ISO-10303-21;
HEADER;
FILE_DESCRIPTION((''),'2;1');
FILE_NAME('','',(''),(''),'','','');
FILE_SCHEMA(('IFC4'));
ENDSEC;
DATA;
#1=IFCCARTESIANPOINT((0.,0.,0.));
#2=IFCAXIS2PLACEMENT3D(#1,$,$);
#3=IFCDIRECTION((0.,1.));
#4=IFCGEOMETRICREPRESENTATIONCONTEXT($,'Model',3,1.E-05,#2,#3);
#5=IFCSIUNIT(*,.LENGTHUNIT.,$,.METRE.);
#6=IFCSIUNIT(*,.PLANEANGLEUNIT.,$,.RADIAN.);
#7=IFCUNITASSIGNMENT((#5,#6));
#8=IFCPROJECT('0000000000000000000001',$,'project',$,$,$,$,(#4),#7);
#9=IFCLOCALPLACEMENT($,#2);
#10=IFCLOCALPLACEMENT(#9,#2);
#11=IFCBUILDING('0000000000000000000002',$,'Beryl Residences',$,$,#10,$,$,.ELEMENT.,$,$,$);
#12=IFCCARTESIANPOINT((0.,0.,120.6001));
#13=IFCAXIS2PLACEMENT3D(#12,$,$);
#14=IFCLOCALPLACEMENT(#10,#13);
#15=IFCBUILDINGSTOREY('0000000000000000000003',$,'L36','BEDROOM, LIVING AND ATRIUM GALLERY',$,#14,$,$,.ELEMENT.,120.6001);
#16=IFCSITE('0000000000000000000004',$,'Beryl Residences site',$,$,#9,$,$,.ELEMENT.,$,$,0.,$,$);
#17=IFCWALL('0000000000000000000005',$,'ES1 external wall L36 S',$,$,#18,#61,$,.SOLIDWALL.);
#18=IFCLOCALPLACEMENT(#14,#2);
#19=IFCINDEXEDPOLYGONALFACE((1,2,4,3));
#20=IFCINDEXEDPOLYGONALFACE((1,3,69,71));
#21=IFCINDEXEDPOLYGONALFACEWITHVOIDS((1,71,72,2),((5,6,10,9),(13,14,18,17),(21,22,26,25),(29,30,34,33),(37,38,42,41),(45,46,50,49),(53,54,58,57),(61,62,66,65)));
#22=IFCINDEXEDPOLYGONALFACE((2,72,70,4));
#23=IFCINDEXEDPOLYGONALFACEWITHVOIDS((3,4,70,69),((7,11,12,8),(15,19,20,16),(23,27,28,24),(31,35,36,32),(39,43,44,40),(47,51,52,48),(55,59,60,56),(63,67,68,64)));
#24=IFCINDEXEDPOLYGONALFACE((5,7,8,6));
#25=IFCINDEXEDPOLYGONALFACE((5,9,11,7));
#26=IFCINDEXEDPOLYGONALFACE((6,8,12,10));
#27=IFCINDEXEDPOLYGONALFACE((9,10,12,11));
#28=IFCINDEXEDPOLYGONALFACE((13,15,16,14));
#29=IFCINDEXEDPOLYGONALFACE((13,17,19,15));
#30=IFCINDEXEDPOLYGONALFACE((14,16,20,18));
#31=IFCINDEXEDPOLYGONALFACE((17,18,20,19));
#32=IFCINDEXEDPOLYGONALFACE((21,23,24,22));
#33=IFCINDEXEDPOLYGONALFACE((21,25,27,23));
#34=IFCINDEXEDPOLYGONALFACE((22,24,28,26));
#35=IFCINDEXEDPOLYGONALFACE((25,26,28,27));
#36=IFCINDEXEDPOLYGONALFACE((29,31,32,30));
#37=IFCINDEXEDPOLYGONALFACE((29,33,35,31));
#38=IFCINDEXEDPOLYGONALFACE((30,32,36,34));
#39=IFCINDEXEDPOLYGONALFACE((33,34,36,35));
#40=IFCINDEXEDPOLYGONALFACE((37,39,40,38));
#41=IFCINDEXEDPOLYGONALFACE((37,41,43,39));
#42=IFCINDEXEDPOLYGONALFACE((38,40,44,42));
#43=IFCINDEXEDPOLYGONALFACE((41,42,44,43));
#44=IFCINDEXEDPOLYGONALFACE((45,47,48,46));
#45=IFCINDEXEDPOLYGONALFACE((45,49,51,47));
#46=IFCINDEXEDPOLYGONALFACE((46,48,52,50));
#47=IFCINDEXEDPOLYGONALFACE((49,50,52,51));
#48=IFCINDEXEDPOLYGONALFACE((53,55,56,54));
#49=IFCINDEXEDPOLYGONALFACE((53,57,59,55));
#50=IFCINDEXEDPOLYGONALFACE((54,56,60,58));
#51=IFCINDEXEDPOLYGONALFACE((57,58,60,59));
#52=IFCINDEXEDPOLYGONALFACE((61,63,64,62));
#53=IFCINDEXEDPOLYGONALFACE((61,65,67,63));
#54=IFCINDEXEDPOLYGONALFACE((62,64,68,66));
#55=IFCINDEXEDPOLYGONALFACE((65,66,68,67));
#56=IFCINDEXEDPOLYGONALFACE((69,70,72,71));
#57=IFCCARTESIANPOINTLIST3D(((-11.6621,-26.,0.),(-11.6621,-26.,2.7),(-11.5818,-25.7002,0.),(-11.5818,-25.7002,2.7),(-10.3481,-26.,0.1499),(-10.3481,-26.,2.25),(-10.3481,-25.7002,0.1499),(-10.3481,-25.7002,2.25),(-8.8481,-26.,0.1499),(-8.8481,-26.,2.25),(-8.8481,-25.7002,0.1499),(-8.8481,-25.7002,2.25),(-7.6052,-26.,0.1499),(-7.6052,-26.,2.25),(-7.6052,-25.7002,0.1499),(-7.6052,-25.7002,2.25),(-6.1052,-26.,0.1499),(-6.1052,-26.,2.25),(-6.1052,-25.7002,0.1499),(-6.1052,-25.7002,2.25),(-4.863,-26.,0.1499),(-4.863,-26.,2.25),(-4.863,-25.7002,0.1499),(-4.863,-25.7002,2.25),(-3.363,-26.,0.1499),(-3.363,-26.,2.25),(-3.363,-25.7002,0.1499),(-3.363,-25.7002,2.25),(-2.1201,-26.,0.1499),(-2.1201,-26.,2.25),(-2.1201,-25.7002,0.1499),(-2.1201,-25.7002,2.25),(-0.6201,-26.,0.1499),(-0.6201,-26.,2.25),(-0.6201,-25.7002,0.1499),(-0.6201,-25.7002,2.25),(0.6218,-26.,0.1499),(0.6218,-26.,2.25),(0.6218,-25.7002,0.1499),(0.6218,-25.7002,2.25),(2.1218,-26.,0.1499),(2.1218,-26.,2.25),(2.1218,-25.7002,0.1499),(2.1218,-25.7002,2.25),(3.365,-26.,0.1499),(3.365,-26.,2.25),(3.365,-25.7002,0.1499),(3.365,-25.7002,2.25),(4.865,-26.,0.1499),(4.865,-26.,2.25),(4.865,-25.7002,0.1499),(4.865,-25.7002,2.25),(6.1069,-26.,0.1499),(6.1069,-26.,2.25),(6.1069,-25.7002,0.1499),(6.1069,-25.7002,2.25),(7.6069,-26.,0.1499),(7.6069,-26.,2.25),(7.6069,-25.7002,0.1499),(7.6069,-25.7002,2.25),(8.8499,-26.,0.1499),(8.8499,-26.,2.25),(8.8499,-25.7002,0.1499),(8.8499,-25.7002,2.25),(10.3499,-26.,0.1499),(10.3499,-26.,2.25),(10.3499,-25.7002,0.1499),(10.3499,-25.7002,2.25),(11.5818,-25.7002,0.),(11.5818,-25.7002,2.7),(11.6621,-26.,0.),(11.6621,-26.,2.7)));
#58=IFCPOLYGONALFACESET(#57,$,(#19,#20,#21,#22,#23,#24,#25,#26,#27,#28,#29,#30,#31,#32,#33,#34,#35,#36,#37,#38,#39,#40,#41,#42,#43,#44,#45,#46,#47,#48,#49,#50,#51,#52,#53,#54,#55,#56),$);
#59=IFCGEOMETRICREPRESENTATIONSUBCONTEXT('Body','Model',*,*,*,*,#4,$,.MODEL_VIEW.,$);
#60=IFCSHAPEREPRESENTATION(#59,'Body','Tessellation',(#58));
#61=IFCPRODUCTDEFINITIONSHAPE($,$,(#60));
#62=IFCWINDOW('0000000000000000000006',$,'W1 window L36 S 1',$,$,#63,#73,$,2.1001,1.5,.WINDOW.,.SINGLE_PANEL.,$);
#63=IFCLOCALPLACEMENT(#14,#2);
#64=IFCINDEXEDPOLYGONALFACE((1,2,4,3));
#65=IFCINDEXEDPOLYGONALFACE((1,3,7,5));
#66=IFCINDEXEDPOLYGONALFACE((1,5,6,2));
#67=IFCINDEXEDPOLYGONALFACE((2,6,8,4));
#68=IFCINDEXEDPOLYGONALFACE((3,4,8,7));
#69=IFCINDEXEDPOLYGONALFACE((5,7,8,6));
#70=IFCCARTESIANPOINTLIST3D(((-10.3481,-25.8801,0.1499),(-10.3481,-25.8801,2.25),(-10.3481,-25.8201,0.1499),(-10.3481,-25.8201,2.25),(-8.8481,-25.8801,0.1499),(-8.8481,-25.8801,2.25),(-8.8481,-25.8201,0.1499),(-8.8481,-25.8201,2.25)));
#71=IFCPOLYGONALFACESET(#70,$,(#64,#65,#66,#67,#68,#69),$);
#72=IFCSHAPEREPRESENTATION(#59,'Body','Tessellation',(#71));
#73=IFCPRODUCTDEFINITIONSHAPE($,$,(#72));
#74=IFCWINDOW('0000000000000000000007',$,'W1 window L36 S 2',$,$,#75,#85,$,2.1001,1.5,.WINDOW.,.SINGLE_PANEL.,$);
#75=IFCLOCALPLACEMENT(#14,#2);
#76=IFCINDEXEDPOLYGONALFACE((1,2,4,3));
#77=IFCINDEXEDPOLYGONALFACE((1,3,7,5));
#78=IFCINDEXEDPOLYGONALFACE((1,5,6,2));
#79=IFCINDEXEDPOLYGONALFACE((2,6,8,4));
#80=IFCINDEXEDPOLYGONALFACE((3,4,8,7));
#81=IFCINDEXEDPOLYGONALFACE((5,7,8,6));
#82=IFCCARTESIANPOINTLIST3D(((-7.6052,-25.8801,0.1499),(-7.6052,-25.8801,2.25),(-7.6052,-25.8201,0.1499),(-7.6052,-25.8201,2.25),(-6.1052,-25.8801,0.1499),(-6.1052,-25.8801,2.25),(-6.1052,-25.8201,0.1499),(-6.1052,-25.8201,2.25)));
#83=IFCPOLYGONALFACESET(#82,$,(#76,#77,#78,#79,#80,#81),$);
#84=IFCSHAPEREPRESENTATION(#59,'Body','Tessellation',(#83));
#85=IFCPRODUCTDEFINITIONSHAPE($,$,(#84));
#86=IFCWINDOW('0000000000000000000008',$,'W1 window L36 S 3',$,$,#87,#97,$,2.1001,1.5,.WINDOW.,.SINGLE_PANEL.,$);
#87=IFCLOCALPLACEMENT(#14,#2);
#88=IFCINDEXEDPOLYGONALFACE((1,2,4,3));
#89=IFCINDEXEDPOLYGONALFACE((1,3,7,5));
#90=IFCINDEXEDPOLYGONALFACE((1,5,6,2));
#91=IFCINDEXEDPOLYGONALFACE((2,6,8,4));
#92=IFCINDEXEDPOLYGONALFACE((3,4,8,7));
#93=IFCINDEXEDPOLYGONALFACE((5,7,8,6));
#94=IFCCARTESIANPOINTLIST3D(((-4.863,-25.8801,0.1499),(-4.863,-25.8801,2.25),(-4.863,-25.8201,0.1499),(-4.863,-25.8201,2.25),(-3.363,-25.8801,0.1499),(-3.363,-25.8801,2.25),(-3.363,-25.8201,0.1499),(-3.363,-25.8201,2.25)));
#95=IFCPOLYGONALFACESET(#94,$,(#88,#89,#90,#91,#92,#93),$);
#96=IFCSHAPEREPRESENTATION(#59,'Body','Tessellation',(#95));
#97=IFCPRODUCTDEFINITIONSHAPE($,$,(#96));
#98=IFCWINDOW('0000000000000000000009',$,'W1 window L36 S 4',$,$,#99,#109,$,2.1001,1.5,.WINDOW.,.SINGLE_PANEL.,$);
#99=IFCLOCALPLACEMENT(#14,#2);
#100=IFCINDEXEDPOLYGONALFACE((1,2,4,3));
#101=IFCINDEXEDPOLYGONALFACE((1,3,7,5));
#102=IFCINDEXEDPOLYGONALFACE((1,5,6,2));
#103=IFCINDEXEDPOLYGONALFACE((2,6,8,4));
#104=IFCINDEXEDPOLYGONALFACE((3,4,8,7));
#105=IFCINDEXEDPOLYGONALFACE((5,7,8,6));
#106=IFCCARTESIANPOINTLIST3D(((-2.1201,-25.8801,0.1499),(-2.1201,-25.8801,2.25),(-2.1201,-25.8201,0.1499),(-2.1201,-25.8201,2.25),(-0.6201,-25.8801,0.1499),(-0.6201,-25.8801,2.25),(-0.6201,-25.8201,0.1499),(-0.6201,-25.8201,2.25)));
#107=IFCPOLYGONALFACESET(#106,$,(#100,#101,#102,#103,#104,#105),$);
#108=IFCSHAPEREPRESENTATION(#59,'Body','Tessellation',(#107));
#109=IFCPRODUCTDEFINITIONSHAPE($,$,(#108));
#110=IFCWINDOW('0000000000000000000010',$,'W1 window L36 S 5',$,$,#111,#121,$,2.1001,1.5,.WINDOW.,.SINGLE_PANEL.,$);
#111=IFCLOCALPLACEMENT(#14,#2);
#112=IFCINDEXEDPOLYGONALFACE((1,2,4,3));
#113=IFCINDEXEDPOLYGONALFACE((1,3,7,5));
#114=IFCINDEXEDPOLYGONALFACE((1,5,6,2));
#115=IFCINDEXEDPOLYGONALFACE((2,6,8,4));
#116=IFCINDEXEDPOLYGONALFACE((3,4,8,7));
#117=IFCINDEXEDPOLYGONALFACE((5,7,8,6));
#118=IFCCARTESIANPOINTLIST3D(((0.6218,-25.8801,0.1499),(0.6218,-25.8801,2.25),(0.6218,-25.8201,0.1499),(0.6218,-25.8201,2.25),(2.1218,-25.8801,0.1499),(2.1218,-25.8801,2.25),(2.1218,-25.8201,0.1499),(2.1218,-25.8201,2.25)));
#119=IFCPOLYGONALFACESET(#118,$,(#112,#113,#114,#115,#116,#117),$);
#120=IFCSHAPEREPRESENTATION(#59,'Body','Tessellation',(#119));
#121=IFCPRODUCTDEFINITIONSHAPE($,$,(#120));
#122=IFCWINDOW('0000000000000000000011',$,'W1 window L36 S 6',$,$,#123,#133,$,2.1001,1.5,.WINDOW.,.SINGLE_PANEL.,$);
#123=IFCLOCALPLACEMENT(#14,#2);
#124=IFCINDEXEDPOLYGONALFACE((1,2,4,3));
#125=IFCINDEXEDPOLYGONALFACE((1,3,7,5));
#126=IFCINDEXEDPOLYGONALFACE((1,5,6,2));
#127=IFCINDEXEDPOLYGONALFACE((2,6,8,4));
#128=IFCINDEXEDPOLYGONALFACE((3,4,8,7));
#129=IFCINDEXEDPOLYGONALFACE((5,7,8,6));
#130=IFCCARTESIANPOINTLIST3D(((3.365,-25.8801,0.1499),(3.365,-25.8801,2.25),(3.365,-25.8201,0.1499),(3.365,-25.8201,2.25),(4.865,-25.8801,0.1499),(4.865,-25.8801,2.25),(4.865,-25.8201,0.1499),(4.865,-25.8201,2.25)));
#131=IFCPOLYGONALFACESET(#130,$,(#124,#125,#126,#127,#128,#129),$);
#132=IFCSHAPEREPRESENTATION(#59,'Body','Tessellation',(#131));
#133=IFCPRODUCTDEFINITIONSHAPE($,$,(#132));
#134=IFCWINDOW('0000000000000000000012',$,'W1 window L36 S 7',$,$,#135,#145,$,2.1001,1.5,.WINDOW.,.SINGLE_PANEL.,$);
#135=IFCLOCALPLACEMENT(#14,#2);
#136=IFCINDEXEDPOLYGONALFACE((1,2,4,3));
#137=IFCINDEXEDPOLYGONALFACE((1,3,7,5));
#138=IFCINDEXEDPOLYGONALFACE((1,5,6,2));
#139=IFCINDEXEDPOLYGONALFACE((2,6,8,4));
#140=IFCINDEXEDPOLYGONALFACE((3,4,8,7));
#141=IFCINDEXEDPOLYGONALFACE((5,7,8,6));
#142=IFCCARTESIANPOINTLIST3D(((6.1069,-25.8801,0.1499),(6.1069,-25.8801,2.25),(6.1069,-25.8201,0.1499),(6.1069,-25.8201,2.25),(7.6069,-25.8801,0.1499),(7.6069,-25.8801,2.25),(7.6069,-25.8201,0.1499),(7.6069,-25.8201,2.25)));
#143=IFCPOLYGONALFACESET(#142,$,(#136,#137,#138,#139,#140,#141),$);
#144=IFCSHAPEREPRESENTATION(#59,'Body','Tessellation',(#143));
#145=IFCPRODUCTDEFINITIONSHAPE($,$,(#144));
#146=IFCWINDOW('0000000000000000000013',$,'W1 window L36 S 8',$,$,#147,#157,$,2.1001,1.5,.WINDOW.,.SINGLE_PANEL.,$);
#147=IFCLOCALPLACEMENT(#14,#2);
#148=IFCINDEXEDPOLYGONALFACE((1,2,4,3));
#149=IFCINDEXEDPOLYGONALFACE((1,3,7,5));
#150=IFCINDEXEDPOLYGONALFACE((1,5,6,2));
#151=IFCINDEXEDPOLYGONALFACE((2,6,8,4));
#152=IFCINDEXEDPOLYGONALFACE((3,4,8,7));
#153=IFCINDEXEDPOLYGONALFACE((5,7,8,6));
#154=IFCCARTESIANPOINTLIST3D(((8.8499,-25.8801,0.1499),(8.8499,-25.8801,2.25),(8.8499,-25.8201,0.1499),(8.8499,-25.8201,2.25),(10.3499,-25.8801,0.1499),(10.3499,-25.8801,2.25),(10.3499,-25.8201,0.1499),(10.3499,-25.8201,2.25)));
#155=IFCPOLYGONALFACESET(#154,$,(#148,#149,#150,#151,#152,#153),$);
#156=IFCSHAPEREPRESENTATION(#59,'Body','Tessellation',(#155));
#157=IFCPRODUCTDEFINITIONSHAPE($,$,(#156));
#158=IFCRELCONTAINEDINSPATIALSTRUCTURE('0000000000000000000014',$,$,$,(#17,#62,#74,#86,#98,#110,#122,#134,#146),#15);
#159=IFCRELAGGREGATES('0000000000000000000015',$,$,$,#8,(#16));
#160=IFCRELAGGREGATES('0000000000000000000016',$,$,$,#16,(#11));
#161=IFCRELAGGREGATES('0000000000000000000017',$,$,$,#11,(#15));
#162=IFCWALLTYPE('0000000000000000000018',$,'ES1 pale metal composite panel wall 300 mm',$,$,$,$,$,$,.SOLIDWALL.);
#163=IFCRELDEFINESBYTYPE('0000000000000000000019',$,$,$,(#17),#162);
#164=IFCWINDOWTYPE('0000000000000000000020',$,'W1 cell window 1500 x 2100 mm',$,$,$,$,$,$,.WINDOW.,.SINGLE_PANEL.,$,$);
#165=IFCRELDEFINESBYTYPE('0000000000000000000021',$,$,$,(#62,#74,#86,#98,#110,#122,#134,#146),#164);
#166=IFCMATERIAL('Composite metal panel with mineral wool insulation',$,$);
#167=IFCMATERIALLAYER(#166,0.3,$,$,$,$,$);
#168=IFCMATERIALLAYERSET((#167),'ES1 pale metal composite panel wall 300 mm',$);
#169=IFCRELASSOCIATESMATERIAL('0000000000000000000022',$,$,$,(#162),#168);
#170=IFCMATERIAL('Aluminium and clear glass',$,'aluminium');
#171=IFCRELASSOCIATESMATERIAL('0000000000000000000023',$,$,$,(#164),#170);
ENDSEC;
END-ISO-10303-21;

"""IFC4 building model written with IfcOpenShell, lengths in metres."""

from ifc_helpers import new_model, si_unit, direction, frame, frame_2d, origin, place, context, subcontext, project, spatial, polyline, rectangle, outline, extrude, material, layer, layer_set, type_object, element, fill, save


model = new_model("IFC4")

# Units and contexts
model_context = context("Model", 3, precision=1e-05, world=origin(), true_north=direction((0.0, 1.0)))
body_context = subcontext(model_context, "Body", "Model", "MODEL_VIEW")
ifc_project = project(units=[si_unit("LENGTHUNIT", "METRE"), si_unit("PLANEANGLEUNIT", "RADIAN")], contexts=[model_context])

# Site, building, storey
site_placement = place(None, origin())
site = spatial("IfcSite", under=ifc_project, at=site_placement, Name="Beryl Residences site", CompositionType="ELEMENT", RefElevation=0.0)
building_placement = place(site_placement, origin())
building = spatial("IfcBuilding", under=site, at=building_placement, Name="Beryl Residences", CompositionType="ELEMENT")
storey_placement = place(building_placement, frame((0.0, 0.0, 120.6001)))
storey = spatial("IfcBuildingStorey", under=building, at=storey_placement, Name="L36", Description="BEDROOM, LIVING AND ATRIUM GALLERY", CompositionType="ELEMENT", Elevation=120.6001)

# Wall, openings, windows
ifc_material_1 = material(Name="Composite metal panel with mineral wool insulation")
ifc_layer_1 = layer(ifc_material_1, 0.3)
ifc_layer_set_1 = layer_set([ifc_layer_1], Name="ES1 pale metal composite panel wall 300 mm")
wall_type_1 = type_object("IfcWallType", Name="ES1 pale metal composite panel wall 300 mm", PredefinedType="SOLIDWALL", material=ifc_layer_set_1)
wall_1_placement = place(storey_placement, frame((-11.6621, -25.8501, 0.0), z_axis=(0.0, 0.0, 1.0), x_axis=(1.0, 0.0, 0.0)))
wall_1 = element("IfcWall", 1, at=wall_1_placement, inside=storey, type_object=wall_type_1, Name="ES1 external wall L36 S", PredefinedType="SOLIDWALL", context=body_context, shape_type="SweptSolid", body=[
    extrude(outline(polyline([(0.0, -0.1499), (23.3242, -0.1499), (23.2439, 0.1499), (0.0803, 0.1499), (0.0, -0.1499)])), origin(), (0.0, 0.0, 1.0), 2.7),
])
opening_1_placement = place(wall_1_placement, frame((1.314, 0.0, 0.1499)))
opening_1 = element("IfcOpeningElement", 2, at=opening_1_placement, cuts=wall_1, PredefinedType="OPENING", context=body_context, shape_type="SweptSolid", body=[
    extrude(rectangle(XDim=1.5, YDim=2.1001, at=frame_2d((0.75, 1.05))), frame((0.0, 0.1599, 0.0), z_axis=(0.0, -1.0, 0.0), x_axis=(1.0, 0.0, 0.0)), (0.0, 0.0, 1.0), 0.3201),
])
opening_2_placement = place(wall_1_placement, frame((4.0569, 0.0, 0.1499)))
opening_2 = element("IfcOpeningElement", 3, at=opening_2_placement, cuts=wall_1, PredefinedType="OPENING", context=body_context, shape_type="SweptSolid", body=[
    extrude(rectangle(XDim=1.5, YDim=2.1001, at=frame_2d((0.75, 1.05))), frame((0.0, 0.1599, 0.0), z_axis=(0.0, -1.0, 0.0), x_axis=(1.0, 0.0, 0.0)), (0.0, 0.0, 1.0), 0.3201),
])
opening_3_placement = place(wall_1_placement, frame((6.7991, 0.0, 0.1499)))
opening_3 = element("IfcOpeningElement", 4, at=opening_3_placement, cuts=wall_1, PredefinedType="OPENING", context=body_context, shape_type="SweptSolid", body=[
    extrude(rectangle(XDim=1.5, YDim=2.1001, at=frame_2d((0.75, 1.05))), frame((0.0, 0.1599, 0.0), z_axis=(0.0, -1.0, 0.0), x_axis=(1.0, 0.0, 0.0)), (0.0, 0.0, 1.0), 0.3201),
])
opening_4_placement = place(wall_1_placement, frame((9.542, 0.0, 0.1499)))
opening_4 = element("IfcOpeningElement", 5, at=opening_4_placement, cuts=wall_1, PredefinedType="OPENING", context=body_context, shape_type="SweptSolid", body=[
    extrude(rectangle(XDim=1.5, YDim=2.1001, at=frame_2d((0.75, 1.05))), frame((0.0, 0.1599, 0.0), z_axis=(0.0, -1.0, 0.0), x_axis=(1.0, 0.0, 0.0)), (0.0, 0.0, 1.0), 0.3201),
])
opening_5_placement = place(wall_1_placement, frame((12.2839, 0.0, 0.1499)))
opening_5 = element("IfcOpeningElement", 6, at=opening_5_placement, cuts=wall_1, PredefinedType="OPENING", context=body_context, shape_type="SweptSolid", body=[
    extrude(rectangle(XDim=1.5, YDim=2.1001, at=frame_2d((0.75, 1.05))), frame((0.0, 0.1599, 0.0), z_axis=(0.0, -1.0, 0.0), x_axis=(1.0, 0.0, 0.0)), (0.0, 0.0, 1.0), 0.3201),
])
opening_6_placement = place(wall_1_placement, frame((15.0271, 0.0, 0.1499)))
opening_6 = element("IfcOpeningElement", 7, at=opening_6_placement, cuts=wall_1, PredefinedType="OPENING", context=body_context, shape_type="SweptSolid", body=[
    extrude(rectangle(XDim=1.5, YDim=2.1001, at=frame_2d((0.75, 1.05))), frame((0.0, 0.1599, 0.0), z_axis=(0.0, -1.0, 0.0), x_axis=(1.0, 0.0, 0.0)), (0.0, 0.0, 1.0), 0.3201),
])
opening_7_placement = place(wall_1_placement, frame((17.769, 0.0, 0.1499)))
opening_7 = element("IfcOpeningElement", 8, at=opening_7_placement, cuts=wall_1, PredefinedType="OPENING", context=body_context, shape_type="SweptSolid", body=[
    extrude(rectangle(XDim=1.5, YDim=2.1001, at=frame_2d((0.75, 1.05))), frame((0.0, 0.1599, 0.0), z_axis=(0.0, -1.0, 0.0), x_axis=(1.0, 0.0, 0.0)), (0.0, 0.0, 1.0), 0.3201),
])
opening_8_placement = place(wall_1_placement, frame((20.512, 0.0, 0.1499)))
opening_8 = element("IfcOpeningElement", 9, at=opening_8_placement, cuts=wall_1, PredefinedType="OPENING", context=body_context, shape_type="SweptSolid", body=[
    extrude(rectangle(XDim=1.5, YDim=2.1001, at=frame_2d((0.75, 1.05))), frame((0.0, 0.1599, 0.0), z_axis=(0.0, -1.0, 0.0), x_axis=(1.0, 0.0, 0.0)), (0.0, 0.0, 1.0), 0.3201),
])
ifc_material_2 = material(Name="Aluminium and clear glass", Category="aluminium")
window_type = type_object("IfcWindowType", Name="W1 cell window 1500 x 2100 mm", PartitioningType="SINGLE_PANEL", PredefinedType="WINDOW", material=ifc_material_2)
window_1_placement = place(opening_1_placement, origin())
window_1 = element("IfcWindow", 10, at=window_1_placement, inside=storey, type_object=window_type, Name="W1 window L36 S 1", OverallHeight=2.1001, OverallWidth=1.5, PartitioningType="SINGLE_PANEL", PredefinedType="WINDOW", context=body_context, shape_type="SweptSolid", body=[
    extrude(rectangle(XDim=1.5, YDim=2.1001, at=frame_2d((0.75, 1.05))), frame((0.0, 0.03, 0.0), z_axis=(0.0, -1.0, 0.0), x_axis=(1.0, 0.0, 0.0)), (0.0, 0.0, 1.0), 0.0601),
])
fill(opening_1, window_1)
window_2_placement = place(opening_2_placement, origin())
window_2 = element("IfcWindow", 11, at=window_2_placement, inside=storey, type_object=window_type, Name="W1 window L36 S 2", OverallHeight=2.1001, OverallWidth=1.5, PartitioningType="SINGLE_PANEL", PredefinedType="WINDOW", context=body_context, shape_type="SweptSolid", body=[
    extrude(rectangle(XDim=1.5, YDim=2.1001, at=frame_2d((0.75, 1.05))), frame((0.0, 0.03, 0.0), z_axis=(0.0, -1.0, 0.0), x_axis=(1.0, 0.0, 0.0)), (0.0, 0.0, 1.0), 0.0601),
])
fill(opening_2, window_2)
window_3_placement = place(opening_3_placement, origin())
window_3 = element("IfcWindow", 12, at=window_3_placement, inside=storey, type_object=window_type, Name="W1 window L36 S 3", OverallHeight=2.1001, OverallWidth=1.5, PartitioningType="SINGLE_PANEL", PredefinedType="WINDOW", context=body_context, shape_type="SweptSolid", body=[
    extrude(rectangle(XDim=1.5, YDim=2.1001, at=frame_2d((0.75, 1.05))), frame((0.0, 0.03, 0.0), z_axis=(0.0, -1.0, 0.0), x_axis=(1.0, 0.0, 0.0)), (0.0, 0.0, 1.0), 0.0601),
])
fill(opening_3, window_3)
window_4_placement = place(opening_4_placement, origin())
window_4 = element("IfcWindow", 13, at=window_4_placement, inside=storey, type_object=window_type, Name="W1 window L36 S 4", OverallHeight=2.1001, OverallWidth=1.5, PartitioningType="SINGLE_PANEL", PredefinedType="WINDOW", context=body_context, shape_type="SweptSolid", body=[
    extrude(rectangle(XDim=1.5, YDim=2.1001, at=frame_2d((0.75, 1.05))), frame((0.0, 0.03, 0.0), z_axis=(0.0, -1.0, 0.0), x_axis=(1.0, 0.0, 0.0)), (0.0, 0.0, 1.0), 0.0601),
])
fill(opening_4, window_4)
window_5_placement = place(opening_5_placement, origin())
window_5 = element("IfcWindow", 14, at=window_5_placement, inside=storey, type_object=window_type, Name="W1 window L36 S 5", OverallHeight=2.1001, OverallWidth=1.5, PartitioningType="SINGLE_PANEL", PredefinedType="WINDOW", context=body_context, shape_type="SweptSolid", body=[
    extrude(rectangle(XDim=1.5, YDim=2.1001, at=frame_2d((0.75, 1.05))), frame((0.0, 0.03, 0.0), z_axis=(0.0, -1.0, 0.0), x_axis=(1.0, 0.0, 0.0)), (0.0, 0.0, 1.0), 0.0601),
])
fill(opening_5, window_5)
window_6_placement = place(opening_6_placement, origin())
window_6 = element("IfcWindow", 15, at=window_6_placement, inside=storey, type_object=window_type, Name="W1 window L36 S 6", OverallHeight=2.1001, OverallWidth=1.5, PartitioningType="SINGLE_PANEL", PredefinedType="WINDOW", context=body_context, shape_type="SweptSolid", body=[
    extrude(rectangle(XDim=1.5, YDim=2.1001, at=frame_2d((0.75, 1.05))), frame((0.0, 0.03, 0.0), z_axis=(0.0, -1.0, 0.0), x_axis=(1.0, 0.0, 0.0)), (0.0, 0.0, 1.0), 0.0601),
])
fill(opening_6, window_6)
window_7_placement = place(opening_7_placement, origin())
window_7 = element("IfcWindow", 16, at=window_7_placement, inside=storey, type_object=window_type, Name="W1 window L36 S 7", OverallHeight=2.1001, OverallWidth=1.5, PartitioningType="SINGLE_PANEL", PredefinedType="WINDOW", context=body_context, shape_type="SweptSolid", body=[
    extrude(rectangle(XDim=1.5, YDim=2.1001, at=frame_2d((0.75, 1.05))), frame((0.0, 0.03, 0.0), z_axis=(0.0, -1.0, 0.0), x_axis=(1.0, 0.0, 0.0)), (0.0, 0.0, 1.0), 0.0601),
])
fill(opening_7, window_7)
window_8_placement = place(opening_8_placement, origin())
window_8 = element("IfcWindow", 17, at=window_8_placement, inside=storey, type_object=window_type, Name="W1 window L36 S 8", OverallHeight=2.1001, OverallWidth=1.5, PartitioningType="SINGLE_PANEL", PredefinedType="WINDOW", context=body_context, shape_type="SweptSolid", body=[
    extrude(rectangle(XDim=1.5, YDim=2.1001, at=frame_2d((0.75, 1.05))), frame((0.0, 0.03, 0.0), z_axis=(0.0, -1.0, 0.0), x_axis=(1.0, 0.0, 0.0)), (0.0, 0.0, 1.0), 0.0601),
])
fill(opening_8, window_8)

save(model, "model.ifc")
